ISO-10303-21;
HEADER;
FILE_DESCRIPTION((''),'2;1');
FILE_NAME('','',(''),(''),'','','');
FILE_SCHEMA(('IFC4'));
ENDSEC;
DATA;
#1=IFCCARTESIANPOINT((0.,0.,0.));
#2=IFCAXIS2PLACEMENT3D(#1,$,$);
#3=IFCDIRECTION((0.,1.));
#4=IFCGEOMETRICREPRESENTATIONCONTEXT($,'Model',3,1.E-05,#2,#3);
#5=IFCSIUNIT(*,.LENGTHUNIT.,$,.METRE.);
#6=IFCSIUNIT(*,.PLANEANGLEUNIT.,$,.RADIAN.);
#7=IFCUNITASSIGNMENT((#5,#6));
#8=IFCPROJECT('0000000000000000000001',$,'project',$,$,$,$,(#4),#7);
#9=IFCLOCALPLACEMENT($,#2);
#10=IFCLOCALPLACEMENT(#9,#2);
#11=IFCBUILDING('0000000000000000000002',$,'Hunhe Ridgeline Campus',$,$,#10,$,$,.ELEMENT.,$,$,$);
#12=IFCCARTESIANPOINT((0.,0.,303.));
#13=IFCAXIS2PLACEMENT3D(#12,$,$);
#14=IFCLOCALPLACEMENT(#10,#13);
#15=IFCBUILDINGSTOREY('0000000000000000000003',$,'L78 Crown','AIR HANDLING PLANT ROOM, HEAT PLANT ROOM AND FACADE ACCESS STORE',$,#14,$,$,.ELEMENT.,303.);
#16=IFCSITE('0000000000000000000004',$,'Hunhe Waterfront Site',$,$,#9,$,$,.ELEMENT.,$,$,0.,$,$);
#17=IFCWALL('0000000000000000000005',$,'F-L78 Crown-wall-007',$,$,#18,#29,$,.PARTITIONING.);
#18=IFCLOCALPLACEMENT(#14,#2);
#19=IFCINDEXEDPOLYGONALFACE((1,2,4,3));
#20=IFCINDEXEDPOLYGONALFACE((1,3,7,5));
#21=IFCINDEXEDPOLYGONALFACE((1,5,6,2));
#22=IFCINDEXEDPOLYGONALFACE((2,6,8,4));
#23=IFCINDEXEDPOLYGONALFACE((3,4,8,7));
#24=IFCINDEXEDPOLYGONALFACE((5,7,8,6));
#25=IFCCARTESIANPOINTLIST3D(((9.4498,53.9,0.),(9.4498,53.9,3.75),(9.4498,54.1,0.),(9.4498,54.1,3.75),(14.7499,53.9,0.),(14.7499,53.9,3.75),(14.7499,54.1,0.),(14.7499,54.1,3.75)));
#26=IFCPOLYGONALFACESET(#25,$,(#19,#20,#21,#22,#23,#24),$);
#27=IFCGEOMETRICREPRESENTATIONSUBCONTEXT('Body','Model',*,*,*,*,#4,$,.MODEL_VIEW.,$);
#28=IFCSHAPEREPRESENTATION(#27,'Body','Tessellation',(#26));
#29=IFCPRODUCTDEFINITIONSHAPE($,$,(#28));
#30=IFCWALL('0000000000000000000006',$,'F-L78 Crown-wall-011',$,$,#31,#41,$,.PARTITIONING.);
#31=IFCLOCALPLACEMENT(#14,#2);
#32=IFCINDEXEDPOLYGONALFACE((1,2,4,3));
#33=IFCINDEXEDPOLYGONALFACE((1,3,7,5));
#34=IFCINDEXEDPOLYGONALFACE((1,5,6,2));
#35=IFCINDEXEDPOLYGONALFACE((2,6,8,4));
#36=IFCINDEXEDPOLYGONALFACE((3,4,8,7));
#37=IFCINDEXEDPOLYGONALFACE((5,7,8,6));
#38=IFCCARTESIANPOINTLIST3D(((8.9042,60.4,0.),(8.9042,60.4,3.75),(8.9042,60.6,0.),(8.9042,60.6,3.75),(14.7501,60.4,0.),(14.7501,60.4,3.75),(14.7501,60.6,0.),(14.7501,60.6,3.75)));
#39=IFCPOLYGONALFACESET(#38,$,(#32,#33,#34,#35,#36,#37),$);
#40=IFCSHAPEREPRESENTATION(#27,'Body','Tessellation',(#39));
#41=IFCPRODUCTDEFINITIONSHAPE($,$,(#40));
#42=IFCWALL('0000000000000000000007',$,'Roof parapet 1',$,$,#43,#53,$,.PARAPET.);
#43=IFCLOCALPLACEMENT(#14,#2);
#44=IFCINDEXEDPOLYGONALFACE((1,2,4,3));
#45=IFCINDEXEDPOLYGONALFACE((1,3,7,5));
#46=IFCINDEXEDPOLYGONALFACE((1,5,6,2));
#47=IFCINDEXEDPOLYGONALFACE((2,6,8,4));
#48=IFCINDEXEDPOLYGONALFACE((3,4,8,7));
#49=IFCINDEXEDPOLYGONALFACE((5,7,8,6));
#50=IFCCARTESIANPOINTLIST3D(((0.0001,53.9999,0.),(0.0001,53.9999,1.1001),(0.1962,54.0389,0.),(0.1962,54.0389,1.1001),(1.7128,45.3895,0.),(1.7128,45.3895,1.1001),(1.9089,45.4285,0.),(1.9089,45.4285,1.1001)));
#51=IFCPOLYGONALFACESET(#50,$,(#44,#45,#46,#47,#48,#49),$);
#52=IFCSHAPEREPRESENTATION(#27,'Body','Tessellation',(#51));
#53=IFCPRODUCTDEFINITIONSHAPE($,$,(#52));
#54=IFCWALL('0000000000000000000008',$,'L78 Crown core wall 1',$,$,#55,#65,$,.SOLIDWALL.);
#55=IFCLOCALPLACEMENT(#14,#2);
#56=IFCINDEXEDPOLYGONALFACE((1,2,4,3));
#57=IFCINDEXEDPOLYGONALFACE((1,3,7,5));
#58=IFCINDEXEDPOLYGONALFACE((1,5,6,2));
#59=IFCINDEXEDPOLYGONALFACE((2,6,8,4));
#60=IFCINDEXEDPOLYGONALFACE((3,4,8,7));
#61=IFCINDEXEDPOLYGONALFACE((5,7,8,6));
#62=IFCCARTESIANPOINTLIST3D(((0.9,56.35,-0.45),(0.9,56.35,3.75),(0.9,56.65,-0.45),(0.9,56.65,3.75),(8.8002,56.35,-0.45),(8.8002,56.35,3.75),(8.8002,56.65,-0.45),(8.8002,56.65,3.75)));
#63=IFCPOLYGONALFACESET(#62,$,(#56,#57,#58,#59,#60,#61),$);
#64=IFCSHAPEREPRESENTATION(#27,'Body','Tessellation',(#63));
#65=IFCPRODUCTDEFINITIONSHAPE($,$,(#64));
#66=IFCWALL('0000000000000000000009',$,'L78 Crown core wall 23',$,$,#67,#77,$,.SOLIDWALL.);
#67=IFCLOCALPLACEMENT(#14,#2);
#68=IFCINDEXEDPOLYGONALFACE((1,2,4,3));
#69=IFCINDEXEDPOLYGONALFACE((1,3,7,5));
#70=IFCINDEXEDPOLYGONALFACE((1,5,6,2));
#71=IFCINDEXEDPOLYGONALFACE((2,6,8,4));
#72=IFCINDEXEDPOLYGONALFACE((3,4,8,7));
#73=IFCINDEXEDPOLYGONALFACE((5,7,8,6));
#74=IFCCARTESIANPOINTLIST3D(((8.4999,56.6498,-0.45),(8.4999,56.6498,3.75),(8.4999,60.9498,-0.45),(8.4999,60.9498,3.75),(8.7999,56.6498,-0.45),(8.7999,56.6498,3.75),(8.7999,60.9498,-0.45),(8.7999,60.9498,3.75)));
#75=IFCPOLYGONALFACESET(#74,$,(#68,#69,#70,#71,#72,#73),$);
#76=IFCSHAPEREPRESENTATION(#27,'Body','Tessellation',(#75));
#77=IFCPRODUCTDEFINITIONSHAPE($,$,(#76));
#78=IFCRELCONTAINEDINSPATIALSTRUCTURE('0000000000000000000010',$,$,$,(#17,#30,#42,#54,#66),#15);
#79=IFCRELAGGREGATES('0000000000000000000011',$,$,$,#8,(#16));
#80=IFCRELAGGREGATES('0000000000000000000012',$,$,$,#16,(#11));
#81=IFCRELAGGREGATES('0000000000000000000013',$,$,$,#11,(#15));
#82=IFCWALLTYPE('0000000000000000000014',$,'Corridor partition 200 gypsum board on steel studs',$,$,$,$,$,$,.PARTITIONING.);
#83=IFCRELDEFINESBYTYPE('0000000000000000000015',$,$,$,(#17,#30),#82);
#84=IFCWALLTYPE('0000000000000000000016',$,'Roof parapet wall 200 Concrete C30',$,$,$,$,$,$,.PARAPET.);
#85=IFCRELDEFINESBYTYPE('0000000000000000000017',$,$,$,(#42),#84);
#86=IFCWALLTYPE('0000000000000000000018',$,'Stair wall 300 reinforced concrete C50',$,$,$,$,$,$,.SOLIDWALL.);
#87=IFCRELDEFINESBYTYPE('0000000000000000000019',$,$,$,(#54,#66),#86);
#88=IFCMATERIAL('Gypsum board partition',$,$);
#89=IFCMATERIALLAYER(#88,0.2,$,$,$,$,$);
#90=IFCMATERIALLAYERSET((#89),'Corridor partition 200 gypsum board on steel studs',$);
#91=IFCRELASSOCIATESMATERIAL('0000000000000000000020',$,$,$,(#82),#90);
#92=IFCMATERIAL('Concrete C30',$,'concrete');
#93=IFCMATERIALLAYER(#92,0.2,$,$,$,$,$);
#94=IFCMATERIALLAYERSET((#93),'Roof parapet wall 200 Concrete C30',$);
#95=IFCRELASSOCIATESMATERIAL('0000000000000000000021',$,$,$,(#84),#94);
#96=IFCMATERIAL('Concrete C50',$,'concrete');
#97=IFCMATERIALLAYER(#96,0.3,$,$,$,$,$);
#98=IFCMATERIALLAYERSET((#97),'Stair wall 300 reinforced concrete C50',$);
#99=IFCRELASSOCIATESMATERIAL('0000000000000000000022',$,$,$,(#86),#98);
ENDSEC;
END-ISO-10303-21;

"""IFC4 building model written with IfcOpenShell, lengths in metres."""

from ifc_helpers import new_model, si_unit, direction, frame, frame_2d, origin, place, context, subcontext, project, spatial, rectangle, extrude, material, layer, layer_set, type_object, element, save


model = new_model("IFC4")

# Units and contexts
model_context = context("Model", 3, precision=1e-05, world=origin(), true_north=direction((0.0, 1.0)))
body_context = subcontext(model_context, "Body", "Model", "MODEL_VIEW")
ifc_project = project(units=[si_unit("LENGTHUNIT", "METRE"), si_unit("PLANEANGLEUNIT", "RADIAN")], contexts=[model_context])

# Site, building, storey
site_placement = place(None, origin())
site = spatial("IfcSite", under=ifc_project, at=site_placement, Name="Hunhe Waterfront Site", CompositionType="ELEMENT", RefElevation=0.0)
building_placement = place(site_placement, origin())
building = spatial("IfcBuilding", under=site, at=building_placement, Name="Hunhe Ridgeline Campus", CompositionType="ELEMENT")
storey_placement = place(building_placement, frame((0.0, 0.0, 303.0)))
storey = spatial("IfcBuildingStorey", under=building, at=storey_placement, Name="L78 Crown", Description="AIR HANDLING PLANT ROOM, HEAT PLANT ROOM AND FACADE ACCESS STORE", CompositionType="ELEMENT", Elevation=303.0)

# Shared definitions
ifc_material_1 = material(Name="Concrete C50", Category="concrete")

# Walls
ifc_material_2 = material(Name="Gypsum board partition")
ifc_layer_1 = layer(ifc_material_2, 0.2)
ifc_layer_set_1 = layer_set([ifc_layer_1], Name="Corridor partition 200 gypsum board on steel studs")
wall_type_1 = type_object("IfcWallType", Name="Corridor partition 200 gypsum board on steel studs", PredefinedType="PARTITIONING", material=ifc_layer_set_1)
wall_1_placement = place(storey_placement, frame((9.45, 54.0, 0.0), z_axis=(0.0, 0.0, 1.0), x_axis=(1.0, 0.0, 0.0)))
element("IfcWall", 1, at=wall_1_placement, inside=storey, type_object=wall_type_1, Name="F-L78 Crown-wall-007", PredefinedType="PARTITIONING", context=body_context, shape_type="SweptSolid", body=[
    extrude(rectangle(XDim=5.3, YDim=0.2, at=frame_2d((2.6499, 0.0))), origin(), (0.0, 0.0, 1.0), 3.75),
])
wall_2_placement = place(storey_placement, frame((14.75, 60.5, 0.0), z_axis=(0.0, 0.0, 1.0), x_axis=(-1.0, 0.0, 0.0)))
element("IfcWall", 2, at=wall_2_placement, inside=storey, type_object=wall_type_1, Name="F-L78 Crown-wall-011", PredefinedType="PARTITIONING", context=body_context, shape_type="SweptSolid", body=[
    extrude(rectangle(XDim=5.8459, YDim=0.2, at=frame_2d((2.9229, 0.0))), origin(), (0.0, 0.0, 1.0), 3.75),
])

# Walls
ifc_material_3 = material(Name="Concrete C30", Category="concrete")
ifc_layer_2 = layer(ifc_material_3, 0.2)
ifc_layer_set_2 = layer_set([ifc_layer_2], Name="Roof parapet wall 200 Concrete C30")
wall_type_2 = type_object("IfcWallType", Name="Roof parapet wall 200 Concrete C30", PredefinedType="PARAPET", material=ifc_layer_set_2)
wall_3_placement = place(storey_placement, frame((0.0981, 54.0195, 0.0), z_axis=(0.0, 0.0, 1.0), x_axis=(0.195084, -0.980787, 0.0)))
element("IfcWall", 3, at=wall_3_placement, inside=storey, type_object=wall_type_2, Name="Roof parapet 1", PredefinedType="PARAPET", context=body_context, shape_type="SweptSolid", body=[
    extrude(rectangle(XDim=8.7791, YDim=0.2, at=frame_2d((4.3896, 0.0))), origin(), (0.0, 0.0, 1.0), 1.1001),
])
ifc_layer_3 = layer(ifc_material_1, 0.3)
ifc_layer_set_3 = layer_set([ifc_layer_3], Name="Stair wall 300 reinforced concrete C50")
wall_type_3 = type_object("IfcWallType", Name="Stair wall 300 reinforced concrete C50", PredefinedType="SOLIDWALL", material=ifc_layer_set_3)
wall_4_placement = place(storey_placement, frame((0.8999, 56.5, -0.45), z_axis=(0.0, 0.0, 1.0), x_axis=(1.0, 0.0, 0.0)))
element("IfcWall", 4, at=wall_4_placement, inside=storey, type_object=wall_type_3, Name="L78 Crown core wall 1", PredefinedType="SOLIDWALL", context=body_context, shape_type="SweptSolid", body=[
    extrude(rectangle(XDim=7.9001, YDim=0.3, at=frame_2d((3.9502, 0.0))), origin(), (0.0, 0.0, 1.0), 4.2),
])

# Wall
wall_5_placement = place(storey_placement, frame((8.6499, 56.6499, -0.45), z_axis=(0.0, 0.0, 1.0), x_axis=(0.0, 1.0, 0.0)))
element("IfcWall", 5, at=wall_5_placement, inside=storey, type_object=wall_type_3, Name="L78 Crown core wall 23", PredefinedType="SOLIDWALL", context=body_context, shape_type="SweptSolid", body=[
    extrude(rectangle(XDim=4.3, YDim=0.3, at=frame_2d((2.1499, 0.0))), origin(), (0.0, 0.0, 1.0), 4.2),
])

save(model, "model.ifc")
